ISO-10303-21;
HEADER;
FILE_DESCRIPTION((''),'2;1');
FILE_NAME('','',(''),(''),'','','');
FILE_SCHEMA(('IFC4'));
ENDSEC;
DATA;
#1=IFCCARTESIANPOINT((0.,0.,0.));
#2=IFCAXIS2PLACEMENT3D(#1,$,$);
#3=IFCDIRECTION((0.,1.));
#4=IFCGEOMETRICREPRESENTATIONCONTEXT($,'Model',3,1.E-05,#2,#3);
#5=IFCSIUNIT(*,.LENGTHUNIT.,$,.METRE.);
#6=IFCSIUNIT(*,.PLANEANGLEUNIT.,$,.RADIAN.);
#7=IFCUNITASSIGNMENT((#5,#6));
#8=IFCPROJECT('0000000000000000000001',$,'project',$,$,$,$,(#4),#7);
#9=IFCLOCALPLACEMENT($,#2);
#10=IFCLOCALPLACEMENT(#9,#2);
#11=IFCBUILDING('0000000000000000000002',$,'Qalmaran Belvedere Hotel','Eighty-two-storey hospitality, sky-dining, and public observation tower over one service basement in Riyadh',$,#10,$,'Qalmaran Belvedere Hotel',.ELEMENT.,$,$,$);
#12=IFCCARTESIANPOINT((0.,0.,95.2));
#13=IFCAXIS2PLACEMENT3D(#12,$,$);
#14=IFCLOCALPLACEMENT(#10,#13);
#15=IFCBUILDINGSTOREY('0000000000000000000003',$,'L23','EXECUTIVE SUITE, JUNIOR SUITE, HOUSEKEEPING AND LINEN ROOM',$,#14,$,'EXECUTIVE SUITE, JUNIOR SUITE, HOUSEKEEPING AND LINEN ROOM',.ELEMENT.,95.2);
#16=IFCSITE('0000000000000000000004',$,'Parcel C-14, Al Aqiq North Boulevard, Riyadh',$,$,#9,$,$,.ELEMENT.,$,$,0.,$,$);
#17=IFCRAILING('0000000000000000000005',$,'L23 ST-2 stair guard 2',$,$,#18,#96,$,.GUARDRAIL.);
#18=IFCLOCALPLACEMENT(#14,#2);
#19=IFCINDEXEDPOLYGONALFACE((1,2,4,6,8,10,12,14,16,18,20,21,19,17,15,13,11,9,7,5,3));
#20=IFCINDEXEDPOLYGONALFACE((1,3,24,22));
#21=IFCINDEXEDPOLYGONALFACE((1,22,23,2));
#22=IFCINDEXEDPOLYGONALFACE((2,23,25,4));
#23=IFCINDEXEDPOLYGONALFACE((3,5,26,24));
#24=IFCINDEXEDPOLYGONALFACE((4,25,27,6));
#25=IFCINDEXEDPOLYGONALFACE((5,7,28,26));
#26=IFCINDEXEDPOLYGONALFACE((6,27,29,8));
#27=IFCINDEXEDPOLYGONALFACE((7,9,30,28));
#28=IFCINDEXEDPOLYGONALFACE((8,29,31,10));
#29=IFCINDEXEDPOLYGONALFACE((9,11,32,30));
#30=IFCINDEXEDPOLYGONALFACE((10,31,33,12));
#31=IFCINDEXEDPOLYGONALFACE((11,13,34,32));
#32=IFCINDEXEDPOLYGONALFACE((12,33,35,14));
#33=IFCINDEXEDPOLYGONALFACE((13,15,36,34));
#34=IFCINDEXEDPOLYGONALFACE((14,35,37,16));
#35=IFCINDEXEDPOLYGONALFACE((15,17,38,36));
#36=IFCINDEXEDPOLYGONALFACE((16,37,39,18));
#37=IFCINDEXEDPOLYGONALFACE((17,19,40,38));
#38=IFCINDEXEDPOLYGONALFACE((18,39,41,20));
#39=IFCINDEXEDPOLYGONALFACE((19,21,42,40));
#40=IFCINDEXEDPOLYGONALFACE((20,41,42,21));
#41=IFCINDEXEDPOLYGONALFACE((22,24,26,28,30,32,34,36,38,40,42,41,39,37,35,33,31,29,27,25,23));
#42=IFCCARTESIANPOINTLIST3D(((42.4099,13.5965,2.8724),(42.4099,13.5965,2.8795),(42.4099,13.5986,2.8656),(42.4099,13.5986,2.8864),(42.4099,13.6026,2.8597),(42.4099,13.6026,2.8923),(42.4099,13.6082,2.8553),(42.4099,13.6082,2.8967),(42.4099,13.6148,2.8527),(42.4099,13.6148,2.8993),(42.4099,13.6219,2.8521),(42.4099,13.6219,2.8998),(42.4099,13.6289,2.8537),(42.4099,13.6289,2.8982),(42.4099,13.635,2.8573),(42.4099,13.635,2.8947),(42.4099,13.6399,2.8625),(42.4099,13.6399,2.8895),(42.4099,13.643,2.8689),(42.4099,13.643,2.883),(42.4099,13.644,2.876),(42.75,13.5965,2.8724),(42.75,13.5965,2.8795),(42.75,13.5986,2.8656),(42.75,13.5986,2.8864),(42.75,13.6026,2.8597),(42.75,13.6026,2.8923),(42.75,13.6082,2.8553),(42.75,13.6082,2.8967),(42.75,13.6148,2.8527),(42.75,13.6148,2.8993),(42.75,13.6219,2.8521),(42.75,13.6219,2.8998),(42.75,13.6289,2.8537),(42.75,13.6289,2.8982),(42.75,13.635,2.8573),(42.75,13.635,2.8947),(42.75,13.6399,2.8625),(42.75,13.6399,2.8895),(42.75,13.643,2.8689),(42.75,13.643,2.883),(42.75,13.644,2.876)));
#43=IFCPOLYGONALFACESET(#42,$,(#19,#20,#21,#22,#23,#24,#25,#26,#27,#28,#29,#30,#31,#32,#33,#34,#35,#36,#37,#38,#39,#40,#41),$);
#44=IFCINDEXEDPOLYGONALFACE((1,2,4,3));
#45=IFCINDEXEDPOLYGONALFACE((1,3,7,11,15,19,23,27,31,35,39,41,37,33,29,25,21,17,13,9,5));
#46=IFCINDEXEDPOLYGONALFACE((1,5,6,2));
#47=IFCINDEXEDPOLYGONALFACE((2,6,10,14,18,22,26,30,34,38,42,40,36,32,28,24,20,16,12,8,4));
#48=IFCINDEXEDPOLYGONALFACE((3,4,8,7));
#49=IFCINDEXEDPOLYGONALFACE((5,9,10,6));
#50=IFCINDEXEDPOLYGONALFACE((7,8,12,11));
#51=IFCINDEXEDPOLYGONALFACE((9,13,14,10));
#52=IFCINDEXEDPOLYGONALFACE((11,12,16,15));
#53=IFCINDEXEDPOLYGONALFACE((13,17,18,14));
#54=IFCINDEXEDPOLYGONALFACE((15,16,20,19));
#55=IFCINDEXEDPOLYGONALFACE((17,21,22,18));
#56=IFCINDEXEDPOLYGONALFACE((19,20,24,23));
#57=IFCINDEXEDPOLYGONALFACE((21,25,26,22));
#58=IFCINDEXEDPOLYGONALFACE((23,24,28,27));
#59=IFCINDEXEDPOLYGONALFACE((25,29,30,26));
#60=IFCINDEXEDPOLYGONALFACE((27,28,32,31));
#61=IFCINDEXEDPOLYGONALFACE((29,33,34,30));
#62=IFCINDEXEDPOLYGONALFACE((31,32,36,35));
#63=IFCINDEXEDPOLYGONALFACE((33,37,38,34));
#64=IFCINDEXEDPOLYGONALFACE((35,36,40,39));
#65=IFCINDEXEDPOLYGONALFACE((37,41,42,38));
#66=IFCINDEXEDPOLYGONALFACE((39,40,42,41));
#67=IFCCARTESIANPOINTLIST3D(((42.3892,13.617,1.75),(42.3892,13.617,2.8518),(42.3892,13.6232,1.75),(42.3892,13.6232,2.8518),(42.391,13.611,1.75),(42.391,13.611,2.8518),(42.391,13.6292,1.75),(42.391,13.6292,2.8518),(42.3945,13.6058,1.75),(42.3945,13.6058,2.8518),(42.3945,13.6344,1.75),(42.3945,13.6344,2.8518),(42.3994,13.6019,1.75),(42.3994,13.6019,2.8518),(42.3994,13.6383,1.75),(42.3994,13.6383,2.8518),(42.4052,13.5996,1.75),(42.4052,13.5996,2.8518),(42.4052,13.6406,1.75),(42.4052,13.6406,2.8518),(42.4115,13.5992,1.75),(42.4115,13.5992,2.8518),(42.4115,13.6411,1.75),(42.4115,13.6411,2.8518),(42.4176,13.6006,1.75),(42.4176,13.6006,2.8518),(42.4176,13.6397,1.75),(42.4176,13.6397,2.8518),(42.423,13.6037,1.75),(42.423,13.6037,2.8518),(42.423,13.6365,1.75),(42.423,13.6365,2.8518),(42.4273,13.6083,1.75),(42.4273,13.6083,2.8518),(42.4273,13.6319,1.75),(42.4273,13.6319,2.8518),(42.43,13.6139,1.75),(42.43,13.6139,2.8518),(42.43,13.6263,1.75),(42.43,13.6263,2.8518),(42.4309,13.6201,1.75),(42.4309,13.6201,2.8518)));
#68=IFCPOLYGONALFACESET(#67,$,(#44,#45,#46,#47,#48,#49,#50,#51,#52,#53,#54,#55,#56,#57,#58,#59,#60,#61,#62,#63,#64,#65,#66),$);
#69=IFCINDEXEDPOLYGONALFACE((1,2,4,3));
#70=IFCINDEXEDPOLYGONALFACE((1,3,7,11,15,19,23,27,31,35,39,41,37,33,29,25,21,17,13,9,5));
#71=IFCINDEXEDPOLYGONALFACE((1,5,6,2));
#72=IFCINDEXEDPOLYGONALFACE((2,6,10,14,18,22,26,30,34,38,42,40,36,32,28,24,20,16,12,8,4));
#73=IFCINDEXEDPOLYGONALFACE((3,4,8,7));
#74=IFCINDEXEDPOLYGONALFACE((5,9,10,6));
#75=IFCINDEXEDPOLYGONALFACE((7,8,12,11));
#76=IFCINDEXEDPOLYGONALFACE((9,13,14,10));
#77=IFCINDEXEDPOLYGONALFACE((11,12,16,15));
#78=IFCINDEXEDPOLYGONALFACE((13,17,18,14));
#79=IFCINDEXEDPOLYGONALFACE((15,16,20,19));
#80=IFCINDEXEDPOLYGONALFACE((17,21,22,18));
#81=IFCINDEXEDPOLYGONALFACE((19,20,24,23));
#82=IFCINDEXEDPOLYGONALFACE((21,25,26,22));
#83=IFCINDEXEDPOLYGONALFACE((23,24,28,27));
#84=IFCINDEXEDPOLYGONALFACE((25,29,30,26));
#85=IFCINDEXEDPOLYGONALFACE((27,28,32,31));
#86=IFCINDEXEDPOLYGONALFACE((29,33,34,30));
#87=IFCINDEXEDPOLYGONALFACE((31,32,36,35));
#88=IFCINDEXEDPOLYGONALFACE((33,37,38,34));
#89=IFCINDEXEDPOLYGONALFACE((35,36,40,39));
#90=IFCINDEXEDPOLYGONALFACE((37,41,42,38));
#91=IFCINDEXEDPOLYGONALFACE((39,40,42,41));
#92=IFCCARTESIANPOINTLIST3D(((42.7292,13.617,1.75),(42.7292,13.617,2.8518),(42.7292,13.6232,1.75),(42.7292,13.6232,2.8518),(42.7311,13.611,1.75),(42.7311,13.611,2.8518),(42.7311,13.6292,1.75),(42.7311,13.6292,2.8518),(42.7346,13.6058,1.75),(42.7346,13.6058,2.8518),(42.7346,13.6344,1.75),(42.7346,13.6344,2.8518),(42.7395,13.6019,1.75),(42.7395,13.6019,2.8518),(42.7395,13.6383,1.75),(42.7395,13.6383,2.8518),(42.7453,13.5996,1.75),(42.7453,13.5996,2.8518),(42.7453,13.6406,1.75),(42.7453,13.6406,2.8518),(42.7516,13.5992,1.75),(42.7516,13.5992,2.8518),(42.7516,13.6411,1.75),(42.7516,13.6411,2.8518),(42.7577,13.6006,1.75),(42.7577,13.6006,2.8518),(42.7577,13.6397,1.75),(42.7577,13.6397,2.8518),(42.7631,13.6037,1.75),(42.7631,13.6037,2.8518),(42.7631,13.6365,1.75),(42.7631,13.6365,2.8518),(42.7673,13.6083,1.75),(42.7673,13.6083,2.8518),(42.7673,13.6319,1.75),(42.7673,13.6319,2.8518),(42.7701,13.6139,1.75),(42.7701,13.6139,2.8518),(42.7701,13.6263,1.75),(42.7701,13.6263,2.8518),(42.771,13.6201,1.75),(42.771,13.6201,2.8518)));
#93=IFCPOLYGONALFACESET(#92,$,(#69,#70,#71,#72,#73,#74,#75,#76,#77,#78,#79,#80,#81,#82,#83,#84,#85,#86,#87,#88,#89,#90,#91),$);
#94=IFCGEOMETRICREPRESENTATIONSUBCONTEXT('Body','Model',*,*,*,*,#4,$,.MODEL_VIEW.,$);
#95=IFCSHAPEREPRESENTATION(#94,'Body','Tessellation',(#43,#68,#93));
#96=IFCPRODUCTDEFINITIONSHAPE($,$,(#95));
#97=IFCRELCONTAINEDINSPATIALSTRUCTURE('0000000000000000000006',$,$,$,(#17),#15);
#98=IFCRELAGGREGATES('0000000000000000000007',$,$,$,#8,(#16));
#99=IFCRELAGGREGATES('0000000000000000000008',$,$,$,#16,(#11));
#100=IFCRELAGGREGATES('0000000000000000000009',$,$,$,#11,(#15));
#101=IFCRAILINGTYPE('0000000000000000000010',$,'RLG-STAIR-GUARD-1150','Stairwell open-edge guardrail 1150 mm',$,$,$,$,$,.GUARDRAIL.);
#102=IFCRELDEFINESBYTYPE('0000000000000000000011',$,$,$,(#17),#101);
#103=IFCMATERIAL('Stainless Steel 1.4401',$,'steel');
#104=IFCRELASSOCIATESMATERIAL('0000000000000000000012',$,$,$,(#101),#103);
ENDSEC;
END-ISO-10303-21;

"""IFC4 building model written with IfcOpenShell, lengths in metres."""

from ifc_helpers import new_model, si_unit, direction, frame, origin, origin_2d, place, context, subcontext, project, spatial, circle, extrude, material, type_object, element, save


model = new_model("IFC4")

# Units and contexts
model_context = context("Model", 3, precision=1e-05, world=origin(), true_north=direction((0.0, 1.0)))
body_context = subcontext(model_context, "Body", "Model", "MODEL_VIEW")
ifc_project = project(units=[si_unit("LENGTHUNIT", "METRE"), si_unit("PLANEANGLEUNIT", "RADIAN")], contexts=[model_context])

# Site, building, storey
site_placement = place(None, origin())
site = spatial("IfcSite", under=ifc_project, at=site_placement, Name="Parcel C-14, Al Aqiq North Boulevard, Riyadh", CompositionType="ELEMENT", RefElevation=0.0)
building_placement = place(site_placement, origin())
building = spatial("IfcBuilding", under=site, at=building_placement, Name="Qalmaran Belvedere Hotel", Description="Eighty-two-storey hospitality, sky-dining, and public observation tower over one service basement in Riyadh", LongName="Qalmaran Belvedere Hotel", CompositionType="ELEMENT")
storey_placement = place(building_placement, frame((0.0, 0.0, 95.2)))
storey = spatial("IfcBuildingStorey", under=building, at=storey_placement, Name="L23", Description="EXECUTIVE SUITE, JUNIOR SUITE, HOUSEKEEPING AND LINEN ROOM", LongName="EXECUTIVE SUITE, JUNIOR SUITE, HOUSEKEEPING AND LINEN ROOM", CompositionType="ELEMENT", Elevation=95.2)

# Shared definitions
ifc_material_1 = material(Name="Stainless Steel 1.4401", Category="steel")

# Railing
railing_type_1 = type_object("IfcRailingType", Name="RLG-STAIR-GUARD-1150", Description="Stairwell open-edge guardrail 1150 mm", PredefinedType="GUARDRAIL", material=ifc_material_1)
railing_1_placement = place(storey_placement, frame((42.4099, 13.6201, 1.75)))
element("IfcRailing", 1, at=railing_1_placement, inside=storey, type_object=railing_type_1, Name="L23 ST-2 stair guard 2", PredefinedType="GUARDRAIL", context=body_context, shape_type="SweptSolid", body=[
    extrude(circle(Radius=0.0239, at=origin_2d()), frame((0.0, 0.0, 1.126), z_axis=(1.0, 0.0, 0.0), x_axis=(0.0, 1.0, 0.0)), (0.0, 0.0, 1.0), 0.3401),
    extrude(circle(Radius=0.021, at=origin_2d()), origin(), (0.0, 0.0, 1.0), 1.1018),
    extrude(circle(Radius=0.021, at=origin_2d()), frame((0.3401, 0.0, 0.0)), (0.0, 0.0, 1.0), 1.1018),
])

save(model, "model.ifc")
